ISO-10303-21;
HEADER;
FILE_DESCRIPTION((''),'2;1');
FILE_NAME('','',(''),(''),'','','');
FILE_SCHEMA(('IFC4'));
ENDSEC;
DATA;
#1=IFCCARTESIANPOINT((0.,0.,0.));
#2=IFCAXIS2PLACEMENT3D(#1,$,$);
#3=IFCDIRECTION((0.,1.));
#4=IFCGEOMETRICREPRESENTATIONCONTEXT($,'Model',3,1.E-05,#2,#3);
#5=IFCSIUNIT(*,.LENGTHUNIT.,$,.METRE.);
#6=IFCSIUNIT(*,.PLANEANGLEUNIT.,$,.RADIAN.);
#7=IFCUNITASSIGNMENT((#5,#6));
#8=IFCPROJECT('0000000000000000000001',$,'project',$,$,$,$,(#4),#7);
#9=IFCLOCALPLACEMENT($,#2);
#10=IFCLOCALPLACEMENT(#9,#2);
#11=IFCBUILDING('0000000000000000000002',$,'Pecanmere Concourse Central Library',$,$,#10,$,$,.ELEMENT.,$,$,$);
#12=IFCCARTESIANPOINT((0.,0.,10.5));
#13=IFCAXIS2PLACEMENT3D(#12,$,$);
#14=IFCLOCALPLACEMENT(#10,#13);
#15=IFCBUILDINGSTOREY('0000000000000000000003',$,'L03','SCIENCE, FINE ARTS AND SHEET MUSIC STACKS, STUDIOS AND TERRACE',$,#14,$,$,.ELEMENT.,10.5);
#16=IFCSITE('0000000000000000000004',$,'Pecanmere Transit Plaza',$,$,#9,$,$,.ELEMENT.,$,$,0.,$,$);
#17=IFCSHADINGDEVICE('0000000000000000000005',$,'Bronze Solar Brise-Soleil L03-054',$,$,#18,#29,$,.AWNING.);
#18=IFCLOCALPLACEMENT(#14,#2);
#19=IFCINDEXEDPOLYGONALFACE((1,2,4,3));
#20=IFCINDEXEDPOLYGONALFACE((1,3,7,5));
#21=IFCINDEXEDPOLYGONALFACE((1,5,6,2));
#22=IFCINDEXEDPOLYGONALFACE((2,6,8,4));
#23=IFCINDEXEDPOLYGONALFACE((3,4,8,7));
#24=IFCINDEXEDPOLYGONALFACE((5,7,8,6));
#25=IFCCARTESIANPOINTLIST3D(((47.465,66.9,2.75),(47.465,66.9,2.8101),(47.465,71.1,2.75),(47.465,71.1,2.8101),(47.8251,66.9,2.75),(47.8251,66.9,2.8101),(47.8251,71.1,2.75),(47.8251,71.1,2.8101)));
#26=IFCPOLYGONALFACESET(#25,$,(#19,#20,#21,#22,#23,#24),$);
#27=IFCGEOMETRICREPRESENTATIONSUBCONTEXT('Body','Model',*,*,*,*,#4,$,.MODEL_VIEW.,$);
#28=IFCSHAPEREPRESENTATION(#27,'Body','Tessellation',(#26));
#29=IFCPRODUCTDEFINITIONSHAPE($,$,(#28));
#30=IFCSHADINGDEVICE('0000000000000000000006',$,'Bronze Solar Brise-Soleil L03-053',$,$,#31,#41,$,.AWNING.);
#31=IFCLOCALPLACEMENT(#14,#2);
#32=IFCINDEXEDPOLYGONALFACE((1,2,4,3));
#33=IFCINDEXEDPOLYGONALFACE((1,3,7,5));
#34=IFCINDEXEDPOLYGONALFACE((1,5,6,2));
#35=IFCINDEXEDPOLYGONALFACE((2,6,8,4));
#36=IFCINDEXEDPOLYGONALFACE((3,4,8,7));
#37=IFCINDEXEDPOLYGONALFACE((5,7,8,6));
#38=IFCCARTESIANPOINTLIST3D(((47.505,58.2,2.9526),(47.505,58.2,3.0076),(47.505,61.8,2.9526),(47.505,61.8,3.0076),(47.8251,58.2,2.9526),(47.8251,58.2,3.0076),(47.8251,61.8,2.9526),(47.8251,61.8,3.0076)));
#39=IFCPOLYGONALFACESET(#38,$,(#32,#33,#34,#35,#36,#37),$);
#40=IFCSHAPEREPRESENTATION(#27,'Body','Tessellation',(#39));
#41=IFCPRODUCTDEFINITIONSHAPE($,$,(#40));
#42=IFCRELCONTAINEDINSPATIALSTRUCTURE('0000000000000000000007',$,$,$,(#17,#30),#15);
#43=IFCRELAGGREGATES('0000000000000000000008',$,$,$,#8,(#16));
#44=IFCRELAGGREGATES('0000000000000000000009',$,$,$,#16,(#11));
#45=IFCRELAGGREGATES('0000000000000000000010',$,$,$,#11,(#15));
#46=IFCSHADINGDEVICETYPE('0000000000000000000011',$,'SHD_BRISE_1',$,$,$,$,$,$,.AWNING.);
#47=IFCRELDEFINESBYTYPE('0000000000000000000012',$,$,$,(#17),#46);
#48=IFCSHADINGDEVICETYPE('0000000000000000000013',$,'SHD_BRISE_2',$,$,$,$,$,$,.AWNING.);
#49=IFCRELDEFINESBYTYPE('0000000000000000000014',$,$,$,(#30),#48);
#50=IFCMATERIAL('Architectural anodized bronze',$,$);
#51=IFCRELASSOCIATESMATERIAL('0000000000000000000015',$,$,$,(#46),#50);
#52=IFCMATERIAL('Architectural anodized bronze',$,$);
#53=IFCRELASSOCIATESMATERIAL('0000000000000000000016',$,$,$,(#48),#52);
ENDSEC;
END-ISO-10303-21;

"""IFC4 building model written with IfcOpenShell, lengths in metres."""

from ifc_helpers import new_model, si_unit, direction, frame, origin, origin_2d, place, context, subcontext, project, spatial, rectangle, extrude, material, type_object, element, save


model = new_model("IFC4")

# Units and contexts
model_context = context("Model", 3, precision=1e-05, world=origin(), true_north=direction((0.0, 1.0)))
body_context = subcontext(model_context, "Body", "Model", "MODEL_VIEW")
ifc_project = project(units=[si_unit("LENGTHUNIT", "METRE"), si_unit("PLANEANGLEUNIT", "RADIAN")], contexts=[model_context])

# Site, building, storey
site_placement = place(None, origin())
site = spatial("IfcSite", under=ifc_project, at=site_placement, Name="Pecanmere Transit Plaza", CompositionType="ELEMENT", RefElevation=0.0)
building_placement = place(site_placement, origin())
building = spatial("IfcBuilding", under=site, at=building_placement, Name="Pecanmere Concourse Central Library", CompositionType="ELEMENT")
storey_placement = place(building_placement, frame((0.0, 0.0, 10.5)))
storey = spatial("IfcBuildingStorey", under=building, at=storey_placement, Name="L03", Description="SCIENCE, FINE ARTS AND SHEET MUSIC STACKS, STUDIOS AND TERRACE", CompositionType="ELEMENT", Elevation=10.5)

# Shading devices
ifc_material_1 = material(Name="Architectural anodized bronze")
shading_device_type_1 = type_object("IfcShadingDeviceType", Name="SHD_BRISE_1", PredefinedType="AWNING", material=ifc_material_1)
shading_device_1_placement = place(storey_placement, frame((47.645, 69.0, 2.75), z_axis=(0.0, 0.0, 1.0), x_axis=(0.0, -1.0, 0.0)))
element("IfcShadingDevice", 1, at=shading_device_1_placement, inside=storey, type_object=shading_device_type_1, Name="Bronze Solar Brise-Soleil L03-054", PredefinedType="AWNING", context=body_context, shape_type="SweptSolid", body=[
    extrude(rectangle(XDim=4.2, YDim=0.3601, at=origin_2d()), origin(), (0.0, 0.0, 1.0), 0.0601),
])
ifc_material_2 = material(Name="Architectural anodized bronze")
shading_device_type_2 = type_object("IfcShadingDeviceType", Name="SHD_BRISE_2", PredefinedType="AWNING", material=ifc_material_2)
shading_device_2_placement = place(storey_placement, frame((47.665, 60.0, 2.9526), z_axis=(0.0, 0.0, 1.0), x_axis=(0.0, -1.0, 0.0)))
element("IfcShadingDevice", 2, at=shading_device_2_placement, inside=storey, type_object=shading_device_type_2, Name="Bronze Solar Brise-Soleil L03-053", PredefinedType="AWNING", context=body_context, shape_type="SweptSolid", body=[
    extrude(rectangle(XDim=3.6001, YDim=0.3201, at=origin_2d()), origin(), (0.0, 0.0, 1.0), 0.0549),
])

save(model, "model.ifc")
